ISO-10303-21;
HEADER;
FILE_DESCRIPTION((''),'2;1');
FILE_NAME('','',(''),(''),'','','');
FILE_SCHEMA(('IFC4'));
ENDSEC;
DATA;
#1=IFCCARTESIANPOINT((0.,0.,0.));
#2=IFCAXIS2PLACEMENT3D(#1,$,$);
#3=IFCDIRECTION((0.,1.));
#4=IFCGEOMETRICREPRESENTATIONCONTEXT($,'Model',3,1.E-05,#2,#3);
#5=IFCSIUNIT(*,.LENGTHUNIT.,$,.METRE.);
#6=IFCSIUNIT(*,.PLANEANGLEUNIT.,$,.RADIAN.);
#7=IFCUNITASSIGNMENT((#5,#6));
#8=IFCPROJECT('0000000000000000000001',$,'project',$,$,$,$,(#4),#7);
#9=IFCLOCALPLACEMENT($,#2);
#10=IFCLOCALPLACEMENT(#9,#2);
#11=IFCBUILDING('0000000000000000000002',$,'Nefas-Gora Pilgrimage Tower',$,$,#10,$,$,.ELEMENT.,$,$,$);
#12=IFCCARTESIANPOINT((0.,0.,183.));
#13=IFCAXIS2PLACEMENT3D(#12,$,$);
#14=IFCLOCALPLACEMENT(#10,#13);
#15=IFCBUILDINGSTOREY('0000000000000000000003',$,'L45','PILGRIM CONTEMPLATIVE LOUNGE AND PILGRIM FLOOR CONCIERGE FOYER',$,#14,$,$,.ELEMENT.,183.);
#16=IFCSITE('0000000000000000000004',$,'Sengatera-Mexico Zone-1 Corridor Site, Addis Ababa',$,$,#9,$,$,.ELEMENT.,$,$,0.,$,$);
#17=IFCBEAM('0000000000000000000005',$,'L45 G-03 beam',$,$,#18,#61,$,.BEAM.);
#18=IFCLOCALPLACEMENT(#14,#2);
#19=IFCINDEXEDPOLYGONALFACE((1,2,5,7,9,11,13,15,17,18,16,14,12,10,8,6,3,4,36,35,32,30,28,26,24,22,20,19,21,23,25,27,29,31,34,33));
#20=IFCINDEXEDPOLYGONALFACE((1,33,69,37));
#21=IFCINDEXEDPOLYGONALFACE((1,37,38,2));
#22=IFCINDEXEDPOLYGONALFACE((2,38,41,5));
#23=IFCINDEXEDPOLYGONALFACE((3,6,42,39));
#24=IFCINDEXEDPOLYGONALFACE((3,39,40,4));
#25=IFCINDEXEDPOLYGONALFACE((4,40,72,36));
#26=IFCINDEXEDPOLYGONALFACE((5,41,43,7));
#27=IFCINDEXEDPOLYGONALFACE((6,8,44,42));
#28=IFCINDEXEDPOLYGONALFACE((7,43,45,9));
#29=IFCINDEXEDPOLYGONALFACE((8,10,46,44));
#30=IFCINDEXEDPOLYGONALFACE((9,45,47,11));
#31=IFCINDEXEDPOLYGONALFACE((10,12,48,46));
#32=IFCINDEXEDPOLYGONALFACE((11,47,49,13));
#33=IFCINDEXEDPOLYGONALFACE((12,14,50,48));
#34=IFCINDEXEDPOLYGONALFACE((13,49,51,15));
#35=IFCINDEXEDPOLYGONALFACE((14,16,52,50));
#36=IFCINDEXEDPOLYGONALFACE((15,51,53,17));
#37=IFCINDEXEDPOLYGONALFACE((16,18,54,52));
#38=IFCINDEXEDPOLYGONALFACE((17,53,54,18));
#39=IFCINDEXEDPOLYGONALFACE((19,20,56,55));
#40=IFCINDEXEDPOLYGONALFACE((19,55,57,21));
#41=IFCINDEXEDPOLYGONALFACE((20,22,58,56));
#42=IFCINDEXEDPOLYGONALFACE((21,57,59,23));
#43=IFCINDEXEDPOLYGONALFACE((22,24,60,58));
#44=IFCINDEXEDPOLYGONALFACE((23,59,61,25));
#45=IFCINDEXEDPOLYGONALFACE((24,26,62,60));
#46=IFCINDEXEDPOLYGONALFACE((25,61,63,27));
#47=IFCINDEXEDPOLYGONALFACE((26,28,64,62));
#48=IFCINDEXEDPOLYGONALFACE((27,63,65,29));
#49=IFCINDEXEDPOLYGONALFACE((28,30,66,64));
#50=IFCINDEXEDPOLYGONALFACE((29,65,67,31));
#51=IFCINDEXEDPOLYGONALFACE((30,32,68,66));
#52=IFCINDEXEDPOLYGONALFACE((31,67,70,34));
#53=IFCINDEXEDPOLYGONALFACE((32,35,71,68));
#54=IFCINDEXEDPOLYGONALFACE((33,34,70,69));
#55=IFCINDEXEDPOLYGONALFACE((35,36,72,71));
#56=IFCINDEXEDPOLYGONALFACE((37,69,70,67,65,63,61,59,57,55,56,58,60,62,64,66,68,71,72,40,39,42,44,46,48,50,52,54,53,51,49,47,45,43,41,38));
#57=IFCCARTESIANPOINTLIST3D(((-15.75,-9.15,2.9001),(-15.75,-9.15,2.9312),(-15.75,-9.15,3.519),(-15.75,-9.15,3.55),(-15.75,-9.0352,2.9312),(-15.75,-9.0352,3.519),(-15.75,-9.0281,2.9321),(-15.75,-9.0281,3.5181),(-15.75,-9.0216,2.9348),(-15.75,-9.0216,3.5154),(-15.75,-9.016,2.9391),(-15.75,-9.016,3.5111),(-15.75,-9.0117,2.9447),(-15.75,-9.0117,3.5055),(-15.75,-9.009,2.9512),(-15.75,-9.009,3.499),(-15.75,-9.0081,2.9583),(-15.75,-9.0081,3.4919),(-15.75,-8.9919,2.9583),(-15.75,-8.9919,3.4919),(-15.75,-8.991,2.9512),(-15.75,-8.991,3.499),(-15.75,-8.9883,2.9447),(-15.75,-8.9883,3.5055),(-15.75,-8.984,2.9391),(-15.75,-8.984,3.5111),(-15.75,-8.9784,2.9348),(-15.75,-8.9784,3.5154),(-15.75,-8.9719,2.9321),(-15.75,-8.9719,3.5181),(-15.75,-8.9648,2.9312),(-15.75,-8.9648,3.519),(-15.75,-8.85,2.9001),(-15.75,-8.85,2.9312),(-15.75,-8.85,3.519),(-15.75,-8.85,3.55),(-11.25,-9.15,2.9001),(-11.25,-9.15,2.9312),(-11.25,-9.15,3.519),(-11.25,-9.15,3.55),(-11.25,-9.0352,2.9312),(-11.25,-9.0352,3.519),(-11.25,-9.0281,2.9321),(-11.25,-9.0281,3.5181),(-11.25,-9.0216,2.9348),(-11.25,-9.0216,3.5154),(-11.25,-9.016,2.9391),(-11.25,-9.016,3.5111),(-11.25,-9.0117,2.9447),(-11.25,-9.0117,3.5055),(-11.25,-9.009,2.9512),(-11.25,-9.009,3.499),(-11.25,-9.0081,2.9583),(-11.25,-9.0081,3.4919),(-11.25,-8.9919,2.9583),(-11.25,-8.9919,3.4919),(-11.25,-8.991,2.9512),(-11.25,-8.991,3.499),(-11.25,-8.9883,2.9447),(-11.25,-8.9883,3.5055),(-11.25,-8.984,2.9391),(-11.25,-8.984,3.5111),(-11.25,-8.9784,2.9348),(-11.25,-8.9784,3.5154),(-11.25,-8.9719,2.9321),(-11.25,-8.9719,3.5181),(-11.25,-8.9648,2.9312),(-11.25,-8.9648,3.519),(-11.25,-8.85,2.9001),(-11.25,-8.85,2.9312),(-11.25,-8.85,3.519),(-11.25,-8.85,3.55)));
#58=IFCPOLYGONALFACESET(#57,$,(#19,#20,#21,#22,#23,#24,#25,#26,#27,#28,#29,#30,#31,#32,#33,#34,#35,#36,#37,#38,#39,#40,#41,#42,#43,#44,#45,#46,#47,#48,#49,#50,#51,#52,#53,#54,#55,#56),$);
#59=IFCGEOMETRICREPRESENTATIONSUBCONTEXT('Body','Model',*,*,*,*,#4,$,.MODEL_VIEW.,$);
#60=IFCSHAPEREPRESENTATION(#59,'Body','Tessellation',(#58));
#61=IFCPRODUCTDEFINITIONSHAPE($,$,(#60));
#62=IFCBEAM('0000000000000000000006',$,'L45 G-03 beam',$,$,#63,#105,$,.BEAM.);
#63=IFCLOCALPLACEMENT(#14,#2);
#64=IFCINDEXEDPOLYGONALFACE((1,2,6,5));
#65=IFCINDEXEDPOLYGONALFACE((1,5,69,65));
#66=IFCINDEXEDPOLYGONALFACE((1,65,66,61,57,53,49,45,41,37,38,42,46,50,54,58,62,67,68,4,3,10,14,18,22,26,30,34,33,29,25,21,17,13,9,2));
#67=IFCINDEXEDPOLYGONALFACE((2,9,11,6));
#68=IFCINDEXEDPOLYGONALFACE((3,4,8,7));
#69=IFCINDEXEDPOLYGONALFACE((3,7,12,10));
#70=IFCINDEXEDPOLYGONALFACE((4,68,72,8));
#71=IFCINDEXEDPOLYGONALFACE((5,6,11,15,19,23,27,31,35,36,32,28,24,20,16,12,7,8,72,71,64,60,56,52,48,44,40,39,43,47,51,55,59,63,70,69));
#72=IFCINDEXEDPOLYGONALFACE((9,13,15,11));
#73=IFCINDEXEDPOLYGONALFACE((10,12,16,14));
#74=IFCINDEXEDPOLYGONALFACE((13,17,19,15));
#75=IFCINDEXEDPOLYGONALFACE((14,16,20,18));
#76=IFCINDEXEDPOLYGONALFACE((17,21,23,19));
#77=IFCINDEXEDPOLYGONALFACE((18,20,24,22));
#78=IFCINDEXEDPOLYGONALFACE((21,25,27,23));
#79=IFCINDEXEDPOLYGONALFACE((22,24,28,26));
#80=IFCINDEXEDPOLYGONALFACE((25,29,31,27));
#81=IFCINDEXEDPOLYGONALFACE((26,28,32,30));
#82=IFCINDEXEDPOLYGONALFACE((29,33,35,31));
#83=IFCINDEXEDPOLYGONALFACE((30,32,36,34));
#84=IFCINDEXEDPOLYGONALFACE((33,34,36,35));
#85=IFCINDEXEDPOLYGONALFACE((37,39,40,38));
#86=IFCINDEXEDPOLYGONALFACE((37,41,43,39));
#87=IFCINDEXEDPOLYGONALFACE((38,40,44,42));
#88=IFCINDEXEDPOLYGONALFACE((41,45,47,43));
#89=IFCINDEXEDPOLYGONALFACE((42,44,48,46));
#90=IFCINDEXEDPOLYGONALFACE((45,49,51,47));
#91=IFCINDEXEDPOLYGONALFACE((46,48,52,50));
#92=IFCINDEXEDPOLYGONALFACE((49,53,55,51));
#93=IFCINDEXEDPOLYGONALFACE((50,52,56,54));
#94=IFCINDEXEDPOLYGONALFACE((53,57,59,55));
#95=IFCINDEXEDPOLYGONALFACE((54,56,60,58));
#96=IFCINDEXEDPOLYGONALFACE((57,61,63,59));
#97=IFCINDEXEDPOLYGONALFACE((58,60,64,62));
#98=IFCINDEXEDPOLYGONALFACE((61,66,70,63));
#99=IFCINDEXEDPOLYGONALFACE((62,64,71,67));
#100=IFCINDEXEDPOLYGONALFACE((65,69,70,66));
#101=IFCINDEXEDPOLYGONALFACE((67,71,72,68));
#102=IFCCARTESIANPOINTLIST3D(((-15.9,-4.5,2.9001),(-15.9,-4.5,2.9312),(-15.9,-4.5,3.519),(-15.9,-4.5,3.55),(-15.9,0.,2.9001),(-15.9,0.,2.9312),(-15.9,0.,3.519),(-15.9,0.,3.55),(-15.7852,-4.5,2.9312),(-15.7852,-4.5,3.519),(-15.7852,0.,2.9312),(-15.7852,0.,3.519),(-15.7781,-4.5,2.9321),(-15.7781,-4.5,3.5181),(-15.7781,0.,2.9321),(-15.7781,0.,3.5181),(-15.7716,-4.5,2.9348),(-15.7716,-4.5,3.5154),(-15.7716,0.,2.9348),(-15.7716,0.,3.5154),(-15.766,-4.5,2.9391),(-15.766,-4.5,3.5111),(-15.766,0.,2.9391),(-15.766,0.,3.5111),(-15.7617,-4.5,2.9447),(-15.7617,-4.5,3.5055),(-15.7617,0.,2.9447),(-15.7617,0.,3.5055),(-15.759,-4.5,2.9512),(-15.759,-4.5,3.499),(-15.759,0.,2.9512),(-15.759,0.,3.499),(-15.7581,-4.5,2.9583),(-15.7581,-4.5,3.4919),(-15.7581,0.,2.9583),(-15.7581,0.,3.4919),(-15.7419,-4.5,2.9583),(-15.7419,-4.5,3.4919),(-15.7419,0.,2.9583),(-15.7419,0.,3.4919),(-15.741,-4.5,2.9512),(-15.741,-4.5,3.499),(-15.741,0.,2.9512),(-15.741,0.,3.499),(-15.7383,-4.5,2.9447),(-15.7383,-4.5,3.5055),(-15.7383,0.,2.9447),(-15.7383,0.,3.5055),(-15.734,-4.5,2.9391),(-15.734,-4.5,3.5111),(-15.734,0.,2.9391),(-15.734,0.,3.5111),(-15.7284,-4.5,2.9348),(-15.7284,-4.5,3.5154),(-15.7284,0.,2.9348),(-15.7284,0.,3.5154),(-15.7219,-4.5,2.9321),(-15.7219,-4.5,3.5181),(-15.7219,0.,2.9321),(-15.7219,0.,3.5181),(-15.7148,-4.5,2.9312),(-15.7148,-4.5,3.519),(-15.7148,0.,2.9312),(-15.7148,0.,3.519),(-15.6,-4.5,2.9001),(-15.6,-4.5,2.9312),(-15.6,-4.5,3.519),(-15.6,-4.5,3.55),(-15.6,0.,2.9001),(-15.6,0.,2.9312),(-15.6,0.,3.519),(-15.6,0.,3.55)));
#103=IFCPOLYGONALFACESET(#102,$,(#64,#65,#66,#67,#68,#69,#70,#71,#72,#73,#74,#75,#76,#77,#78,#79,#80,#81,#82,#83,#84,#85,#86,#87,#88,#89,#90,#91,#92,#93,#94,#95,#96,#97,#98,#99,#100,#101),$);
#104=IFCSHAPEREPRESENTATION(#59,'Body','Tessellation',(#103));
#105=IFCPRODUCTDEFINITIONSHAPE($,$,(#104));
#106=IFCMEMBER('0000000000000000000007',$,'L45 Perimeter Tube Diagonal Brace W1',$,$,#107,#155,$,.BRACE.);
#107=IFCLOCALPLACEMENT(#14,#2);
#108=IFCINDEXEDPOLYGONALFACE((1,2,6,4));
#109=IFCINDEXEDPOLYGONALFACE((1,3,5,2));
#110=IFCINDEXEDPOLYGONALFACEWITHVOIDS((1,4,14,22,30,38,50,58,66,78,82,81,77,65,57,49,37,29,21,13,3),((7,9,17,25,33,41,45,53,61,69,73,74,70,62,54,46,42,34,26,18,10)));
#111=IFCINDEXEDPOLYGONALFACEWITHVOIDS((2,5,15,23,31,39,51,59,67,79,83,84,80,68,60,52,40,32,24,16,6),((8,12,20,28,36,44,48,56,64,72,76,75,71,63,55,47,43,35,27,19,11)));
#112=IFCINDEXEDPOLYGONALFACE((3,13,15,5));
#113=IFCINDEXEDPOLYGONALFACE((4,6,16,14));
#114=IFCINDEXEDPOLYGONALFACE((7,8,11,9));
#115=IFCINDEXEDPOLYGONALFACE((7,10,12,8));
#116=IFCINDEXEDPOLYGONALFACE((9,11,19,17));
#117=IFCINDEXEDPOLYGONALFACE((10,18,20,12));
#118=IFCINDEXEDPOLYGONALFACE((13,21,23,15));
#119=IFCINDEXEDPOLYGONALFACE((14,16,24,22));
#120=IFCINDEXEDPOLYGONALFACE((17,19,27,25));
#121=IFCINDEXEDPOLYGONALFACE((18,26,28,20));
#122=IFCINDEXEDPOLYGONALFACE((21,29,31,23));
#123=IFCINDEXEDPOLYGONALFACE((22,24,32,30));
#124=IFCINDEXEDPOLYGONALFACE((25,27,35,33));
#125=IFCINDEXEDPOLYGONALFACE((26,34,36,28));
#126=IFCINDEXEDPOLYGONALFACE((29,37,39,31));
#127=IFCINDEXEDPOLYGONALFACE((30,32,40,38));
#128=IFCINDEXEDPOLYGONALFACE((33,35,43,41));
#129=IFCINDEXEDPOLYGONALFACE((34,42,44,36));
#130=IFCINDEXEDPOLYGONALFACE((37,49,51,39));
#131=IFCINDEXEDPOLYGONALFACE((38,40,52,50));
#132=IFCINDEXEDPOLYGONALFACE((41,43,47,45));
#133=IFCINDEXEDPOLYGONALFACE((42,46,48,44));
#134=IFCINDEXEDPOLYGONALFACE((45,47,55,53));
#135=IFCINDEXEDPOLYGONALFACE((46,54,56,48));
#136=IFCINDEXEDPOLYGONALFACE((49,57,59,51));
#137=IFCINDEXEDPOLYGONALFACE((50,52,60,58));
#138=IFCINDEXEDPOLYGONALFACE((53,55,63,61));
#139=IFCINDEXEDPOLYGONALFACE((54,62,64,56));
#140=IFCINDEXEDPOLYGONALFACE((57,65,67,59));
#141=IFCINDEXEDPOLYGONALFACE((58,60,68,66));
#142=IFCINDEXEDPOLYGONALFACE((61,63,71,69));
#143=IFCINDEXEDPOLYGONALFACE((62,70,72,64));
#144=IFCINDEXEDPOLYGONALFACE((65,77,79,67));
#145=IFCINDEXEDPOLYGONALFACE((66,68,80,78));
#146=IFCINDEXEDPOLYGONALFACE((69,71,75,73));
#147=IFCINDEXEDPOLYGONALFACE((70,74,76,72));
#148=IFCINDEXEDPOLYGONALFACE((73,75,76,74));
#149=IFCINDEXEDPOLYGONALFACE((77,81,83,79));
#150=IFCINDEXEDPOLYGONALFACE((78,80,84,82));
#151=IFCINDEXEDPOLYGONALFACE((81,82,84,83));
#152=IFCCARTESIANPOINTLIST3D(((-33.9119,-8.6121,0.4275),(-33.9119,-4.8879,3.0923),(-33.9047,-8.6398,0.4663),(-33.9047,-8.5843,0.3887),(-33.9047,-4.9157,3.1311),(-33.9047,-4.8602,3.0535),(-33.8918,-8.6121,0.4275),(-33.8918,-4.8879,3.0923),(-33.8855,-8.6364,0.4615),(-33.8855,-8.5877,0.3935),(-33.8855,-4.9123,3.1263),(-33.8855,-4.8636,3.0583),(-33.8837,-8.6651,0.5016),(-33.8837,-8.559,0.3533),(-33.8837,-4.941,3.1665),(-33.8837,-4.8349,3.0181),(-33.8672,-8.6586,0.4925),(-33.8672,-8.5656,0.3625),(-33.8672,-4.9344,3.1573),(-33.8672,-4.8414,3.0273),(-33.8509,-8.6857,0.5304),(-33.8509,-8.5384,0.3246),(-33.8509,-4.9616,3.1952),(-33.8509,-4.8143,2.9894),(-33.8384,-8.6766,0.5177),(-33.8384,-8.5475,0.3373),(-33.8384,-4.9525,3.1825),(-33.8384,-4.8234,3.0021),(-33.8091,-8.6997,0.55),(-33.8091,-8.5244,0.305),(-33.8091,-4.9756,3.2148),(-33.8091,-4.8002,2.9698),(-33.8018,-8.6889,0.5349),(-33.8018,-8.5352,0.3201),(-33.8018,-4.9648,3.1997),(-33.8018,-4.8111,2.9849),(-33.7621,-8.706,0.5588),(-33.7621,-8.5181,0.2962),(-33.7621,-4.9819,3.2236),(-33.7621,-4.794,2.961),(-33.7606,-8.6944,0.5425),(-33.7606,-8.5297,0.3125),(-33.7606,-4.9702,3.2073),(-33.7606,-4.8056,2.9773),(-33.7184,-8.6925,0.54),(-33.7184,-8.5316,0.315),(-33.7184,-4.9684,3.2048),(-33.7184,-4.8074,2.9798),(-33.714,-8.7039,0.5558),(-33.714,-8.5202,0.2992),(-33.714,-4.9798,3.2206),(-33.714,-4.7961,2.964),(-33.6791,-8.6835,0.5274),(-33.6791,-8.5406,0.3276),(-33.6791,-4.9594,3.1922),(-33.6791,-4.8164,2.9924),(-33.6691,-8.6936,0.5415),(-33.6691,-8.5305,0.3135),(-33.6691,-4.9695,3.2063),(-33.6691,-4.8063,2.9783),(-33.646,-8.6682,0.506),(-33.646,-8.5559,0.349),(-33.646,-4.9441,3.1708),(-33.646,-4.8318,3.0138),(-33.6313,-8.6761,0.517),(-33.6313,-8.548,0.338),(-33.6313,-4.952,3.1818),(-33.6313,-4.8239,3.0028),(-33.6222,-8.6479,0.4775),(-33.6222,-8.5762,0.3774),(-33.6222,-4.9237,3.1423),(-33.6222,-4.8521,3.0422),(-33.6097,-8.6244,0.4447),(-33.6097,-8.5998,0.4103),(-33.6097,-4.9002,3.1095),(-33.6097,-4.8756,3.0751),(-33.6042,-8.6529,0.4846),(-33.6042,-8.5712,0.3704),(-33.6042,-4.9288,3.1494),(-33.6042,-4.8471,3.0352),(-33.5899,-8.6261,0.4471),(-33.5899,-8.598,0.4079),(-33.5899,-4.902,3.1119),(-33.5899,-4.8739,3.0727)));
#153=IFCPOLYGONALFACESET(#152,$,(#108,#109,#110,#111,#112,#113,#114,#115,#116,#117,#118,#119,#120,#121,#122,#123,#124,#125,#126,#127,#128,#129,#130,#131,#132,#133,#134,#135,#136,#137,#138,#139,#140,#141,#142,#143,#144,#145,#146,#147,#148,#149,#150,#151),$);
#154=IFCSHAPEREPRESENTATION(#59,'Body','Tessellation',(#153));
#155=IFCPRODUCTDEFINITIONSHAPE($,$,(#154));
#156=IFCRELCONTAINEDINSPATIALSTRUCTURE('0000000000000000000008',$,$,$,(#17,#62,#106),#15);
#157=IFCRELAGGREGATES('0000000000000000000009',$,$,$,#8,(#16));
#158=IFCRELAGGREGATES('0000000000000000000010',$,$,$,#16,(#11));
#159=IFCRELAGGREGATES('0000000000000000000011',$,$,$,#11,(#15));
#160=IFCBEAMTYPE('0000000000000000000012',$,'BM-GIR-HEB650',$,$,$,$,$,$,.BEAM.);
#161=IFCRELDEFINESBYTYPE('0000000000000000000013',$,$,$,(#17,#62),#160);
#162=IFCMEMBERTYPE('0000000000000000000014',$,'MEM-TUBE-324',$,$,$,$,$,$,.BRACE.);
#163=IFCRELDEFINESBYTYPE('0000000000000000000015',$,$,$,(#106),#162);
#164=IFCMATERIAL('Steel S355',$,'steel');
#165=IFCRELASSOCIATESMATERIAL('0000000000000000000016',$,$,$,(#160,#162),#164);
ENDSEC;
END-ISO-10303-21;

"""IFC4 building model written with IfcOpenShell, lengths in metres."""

from ifc_helpers import new_model, si_unit, direction, frame, origin, origin_2d, place, context, subcontext, project, spatial, hollow_circle, i_section, extrude, source, transform, mapped, material, material_profile, profile_set, type_object, element, save


model = new_model("IFC4")

# Units and contexts
model_context = context("Model", 3, precision=1e-05, world=origin(), true_north=direction((0.0, 1.0)))
body_context = subcontext(model_context, "Body", "Model", "MODEL_VIEW")
ifc_project = project(units=[si_unit("LENGTHUNIT", "METRE"), si_unit("PLANEANGLEUNIT", "RADIAN")], contexts=[model_context])

# Site, building, storey
site_placement = place(None, origin())
site = spatial("IfcSite", under=ifc_project, at=site_placement, Name="Sengatera-Mexico Zone-1 Corridor Site, Addis Ababa", CompositionType="ELEMENT", RefElevation=0.0)
building_placement = place(site_placement, origin())
building = spatial("IfcBuilding", under=site, at=building_placement, Name="Nefas-Gora Pilgrimage Tower", CompositionType="ELEMENT")
storey_placement = place(building_placement, frame((0.0, 0.0, 183.0)))
storey = spatial("IfcBuildingStorey", under=building, at=storey_placement, Name="L45", Description="PILGRIM CONTEMPLATIVE LOUNGE AND PILGRIM FLOOR CONCIERGE FOYER", CompositionType="ELEMENT", Elevation=183.0)

# Beams
ifc_material_1 = material(Name="Steel S355", Category="steel")
ifc_material_profile_1 = material_profile(ifc_material_1, i_section(OverallWidth=0.3, OverallDepth=0.6499, WebThickness=0.0161, FlangeThickness=0.031, FilletRadius=0.0271, at=origin_2d()), Name="HEB 650")
ifc_profile_set_1 = profile_set([ifc_material_profile_1], Name="Steel S355")
beam_type_1 = type_object("IfcBeamType", Name="BM-GIR-HEB650", PredefinedType="BEAM", material=ifc_profile_set_1)
shared_shape_1 = source(origin(), body_context, "Body", "SweptSolid", [
    extrude(i_section(OverallWidth=0.3, OverallDepth=0.6499, WebThickness=0.0161, FlangeThickness=0.031, FilletRadius=0.0271, at=origin_2d()), origin(), (0.0, 0.0, 1.0), 4.5),
])
for number, where, z_axis, x_axis, name in (
    (1, (-15.75, -9.0, 3.2251), (1.0, 0.0, 0.0), (0.0, 1.0, 0.0), "L45 G-03 beam"),
    (2, (-15.75, -4.5, 3.2251), (0.0, 1.0, 0.0), (-1.0, 0.0, 0.0), "L45 G-03 beam"),
):
    element("IfcBeam", number, at=place(storey_placement, frame(where, z_axis=z_axis, x_axis=x_axis)), inside=storey, type_object=beam_type_1, Name=name, PredefinedType="BEAM", context=body_context, shape_type="MappedRepresentation", body=[
        mapped(shared_shape_1, transform((0.0, 0.0, 0.0), x_axis=(1.0, 0.0, 0.0), y_axis=(0.0, 1.0, 0.0), z_axis=(0.0, 0.0, 1.0), scale=1.0)),
    ])

# Member
ifc_material_profile_2 = material_profile(ifc_material_1, hollow_circle(Radius=0.1619, WallThickness=0.02, at=origin_2d()), Name="CHS 323.9x20")
ifc_profile_set_2 = profile_set([ifc_material_profile_2], Name="Steel S355")
member_type_1 = type_object("IfcMemberType", Name="MEM-TUBE-324", PredefinedType="BRACE", material=ifc_profile_set_2)
shared_shape_2 = source(origin(), body_context, "Body", "SweptSolid", [
    extrude(hollow_circle(Radius=0.1619, WallThickness=0.02, at=origin_2d()), origin(), (0.0, 0.0, 1.0), 4.5793),
])
member_1_placement = place(storey_placement, frame((-33.75, -8.6121, 0.4275), z_axis=(0.0, 0.813247, 0.581919), x_axis=(-1.0, 0.0, 0.0)))
element("IfcMember", 3, at=member_1_placement, inside=storey, type_object=member_type_1, Name="L45 Perimeter Tube Diagonal Brace W1", PredefinedType="BRACE", context=body_context, shape_type="MappedRepresentation", body=[
    mapped(shared_shape_2, transform((0.0, 0.0, 0.0), x_axis=(1.0, 0.0, 0.0), y_axis=(0.0, 1.0, 0.0), z_axis=(0.0, 0.0, 1.0), scale=1.0)),
])

save(model, "model.ifc")
